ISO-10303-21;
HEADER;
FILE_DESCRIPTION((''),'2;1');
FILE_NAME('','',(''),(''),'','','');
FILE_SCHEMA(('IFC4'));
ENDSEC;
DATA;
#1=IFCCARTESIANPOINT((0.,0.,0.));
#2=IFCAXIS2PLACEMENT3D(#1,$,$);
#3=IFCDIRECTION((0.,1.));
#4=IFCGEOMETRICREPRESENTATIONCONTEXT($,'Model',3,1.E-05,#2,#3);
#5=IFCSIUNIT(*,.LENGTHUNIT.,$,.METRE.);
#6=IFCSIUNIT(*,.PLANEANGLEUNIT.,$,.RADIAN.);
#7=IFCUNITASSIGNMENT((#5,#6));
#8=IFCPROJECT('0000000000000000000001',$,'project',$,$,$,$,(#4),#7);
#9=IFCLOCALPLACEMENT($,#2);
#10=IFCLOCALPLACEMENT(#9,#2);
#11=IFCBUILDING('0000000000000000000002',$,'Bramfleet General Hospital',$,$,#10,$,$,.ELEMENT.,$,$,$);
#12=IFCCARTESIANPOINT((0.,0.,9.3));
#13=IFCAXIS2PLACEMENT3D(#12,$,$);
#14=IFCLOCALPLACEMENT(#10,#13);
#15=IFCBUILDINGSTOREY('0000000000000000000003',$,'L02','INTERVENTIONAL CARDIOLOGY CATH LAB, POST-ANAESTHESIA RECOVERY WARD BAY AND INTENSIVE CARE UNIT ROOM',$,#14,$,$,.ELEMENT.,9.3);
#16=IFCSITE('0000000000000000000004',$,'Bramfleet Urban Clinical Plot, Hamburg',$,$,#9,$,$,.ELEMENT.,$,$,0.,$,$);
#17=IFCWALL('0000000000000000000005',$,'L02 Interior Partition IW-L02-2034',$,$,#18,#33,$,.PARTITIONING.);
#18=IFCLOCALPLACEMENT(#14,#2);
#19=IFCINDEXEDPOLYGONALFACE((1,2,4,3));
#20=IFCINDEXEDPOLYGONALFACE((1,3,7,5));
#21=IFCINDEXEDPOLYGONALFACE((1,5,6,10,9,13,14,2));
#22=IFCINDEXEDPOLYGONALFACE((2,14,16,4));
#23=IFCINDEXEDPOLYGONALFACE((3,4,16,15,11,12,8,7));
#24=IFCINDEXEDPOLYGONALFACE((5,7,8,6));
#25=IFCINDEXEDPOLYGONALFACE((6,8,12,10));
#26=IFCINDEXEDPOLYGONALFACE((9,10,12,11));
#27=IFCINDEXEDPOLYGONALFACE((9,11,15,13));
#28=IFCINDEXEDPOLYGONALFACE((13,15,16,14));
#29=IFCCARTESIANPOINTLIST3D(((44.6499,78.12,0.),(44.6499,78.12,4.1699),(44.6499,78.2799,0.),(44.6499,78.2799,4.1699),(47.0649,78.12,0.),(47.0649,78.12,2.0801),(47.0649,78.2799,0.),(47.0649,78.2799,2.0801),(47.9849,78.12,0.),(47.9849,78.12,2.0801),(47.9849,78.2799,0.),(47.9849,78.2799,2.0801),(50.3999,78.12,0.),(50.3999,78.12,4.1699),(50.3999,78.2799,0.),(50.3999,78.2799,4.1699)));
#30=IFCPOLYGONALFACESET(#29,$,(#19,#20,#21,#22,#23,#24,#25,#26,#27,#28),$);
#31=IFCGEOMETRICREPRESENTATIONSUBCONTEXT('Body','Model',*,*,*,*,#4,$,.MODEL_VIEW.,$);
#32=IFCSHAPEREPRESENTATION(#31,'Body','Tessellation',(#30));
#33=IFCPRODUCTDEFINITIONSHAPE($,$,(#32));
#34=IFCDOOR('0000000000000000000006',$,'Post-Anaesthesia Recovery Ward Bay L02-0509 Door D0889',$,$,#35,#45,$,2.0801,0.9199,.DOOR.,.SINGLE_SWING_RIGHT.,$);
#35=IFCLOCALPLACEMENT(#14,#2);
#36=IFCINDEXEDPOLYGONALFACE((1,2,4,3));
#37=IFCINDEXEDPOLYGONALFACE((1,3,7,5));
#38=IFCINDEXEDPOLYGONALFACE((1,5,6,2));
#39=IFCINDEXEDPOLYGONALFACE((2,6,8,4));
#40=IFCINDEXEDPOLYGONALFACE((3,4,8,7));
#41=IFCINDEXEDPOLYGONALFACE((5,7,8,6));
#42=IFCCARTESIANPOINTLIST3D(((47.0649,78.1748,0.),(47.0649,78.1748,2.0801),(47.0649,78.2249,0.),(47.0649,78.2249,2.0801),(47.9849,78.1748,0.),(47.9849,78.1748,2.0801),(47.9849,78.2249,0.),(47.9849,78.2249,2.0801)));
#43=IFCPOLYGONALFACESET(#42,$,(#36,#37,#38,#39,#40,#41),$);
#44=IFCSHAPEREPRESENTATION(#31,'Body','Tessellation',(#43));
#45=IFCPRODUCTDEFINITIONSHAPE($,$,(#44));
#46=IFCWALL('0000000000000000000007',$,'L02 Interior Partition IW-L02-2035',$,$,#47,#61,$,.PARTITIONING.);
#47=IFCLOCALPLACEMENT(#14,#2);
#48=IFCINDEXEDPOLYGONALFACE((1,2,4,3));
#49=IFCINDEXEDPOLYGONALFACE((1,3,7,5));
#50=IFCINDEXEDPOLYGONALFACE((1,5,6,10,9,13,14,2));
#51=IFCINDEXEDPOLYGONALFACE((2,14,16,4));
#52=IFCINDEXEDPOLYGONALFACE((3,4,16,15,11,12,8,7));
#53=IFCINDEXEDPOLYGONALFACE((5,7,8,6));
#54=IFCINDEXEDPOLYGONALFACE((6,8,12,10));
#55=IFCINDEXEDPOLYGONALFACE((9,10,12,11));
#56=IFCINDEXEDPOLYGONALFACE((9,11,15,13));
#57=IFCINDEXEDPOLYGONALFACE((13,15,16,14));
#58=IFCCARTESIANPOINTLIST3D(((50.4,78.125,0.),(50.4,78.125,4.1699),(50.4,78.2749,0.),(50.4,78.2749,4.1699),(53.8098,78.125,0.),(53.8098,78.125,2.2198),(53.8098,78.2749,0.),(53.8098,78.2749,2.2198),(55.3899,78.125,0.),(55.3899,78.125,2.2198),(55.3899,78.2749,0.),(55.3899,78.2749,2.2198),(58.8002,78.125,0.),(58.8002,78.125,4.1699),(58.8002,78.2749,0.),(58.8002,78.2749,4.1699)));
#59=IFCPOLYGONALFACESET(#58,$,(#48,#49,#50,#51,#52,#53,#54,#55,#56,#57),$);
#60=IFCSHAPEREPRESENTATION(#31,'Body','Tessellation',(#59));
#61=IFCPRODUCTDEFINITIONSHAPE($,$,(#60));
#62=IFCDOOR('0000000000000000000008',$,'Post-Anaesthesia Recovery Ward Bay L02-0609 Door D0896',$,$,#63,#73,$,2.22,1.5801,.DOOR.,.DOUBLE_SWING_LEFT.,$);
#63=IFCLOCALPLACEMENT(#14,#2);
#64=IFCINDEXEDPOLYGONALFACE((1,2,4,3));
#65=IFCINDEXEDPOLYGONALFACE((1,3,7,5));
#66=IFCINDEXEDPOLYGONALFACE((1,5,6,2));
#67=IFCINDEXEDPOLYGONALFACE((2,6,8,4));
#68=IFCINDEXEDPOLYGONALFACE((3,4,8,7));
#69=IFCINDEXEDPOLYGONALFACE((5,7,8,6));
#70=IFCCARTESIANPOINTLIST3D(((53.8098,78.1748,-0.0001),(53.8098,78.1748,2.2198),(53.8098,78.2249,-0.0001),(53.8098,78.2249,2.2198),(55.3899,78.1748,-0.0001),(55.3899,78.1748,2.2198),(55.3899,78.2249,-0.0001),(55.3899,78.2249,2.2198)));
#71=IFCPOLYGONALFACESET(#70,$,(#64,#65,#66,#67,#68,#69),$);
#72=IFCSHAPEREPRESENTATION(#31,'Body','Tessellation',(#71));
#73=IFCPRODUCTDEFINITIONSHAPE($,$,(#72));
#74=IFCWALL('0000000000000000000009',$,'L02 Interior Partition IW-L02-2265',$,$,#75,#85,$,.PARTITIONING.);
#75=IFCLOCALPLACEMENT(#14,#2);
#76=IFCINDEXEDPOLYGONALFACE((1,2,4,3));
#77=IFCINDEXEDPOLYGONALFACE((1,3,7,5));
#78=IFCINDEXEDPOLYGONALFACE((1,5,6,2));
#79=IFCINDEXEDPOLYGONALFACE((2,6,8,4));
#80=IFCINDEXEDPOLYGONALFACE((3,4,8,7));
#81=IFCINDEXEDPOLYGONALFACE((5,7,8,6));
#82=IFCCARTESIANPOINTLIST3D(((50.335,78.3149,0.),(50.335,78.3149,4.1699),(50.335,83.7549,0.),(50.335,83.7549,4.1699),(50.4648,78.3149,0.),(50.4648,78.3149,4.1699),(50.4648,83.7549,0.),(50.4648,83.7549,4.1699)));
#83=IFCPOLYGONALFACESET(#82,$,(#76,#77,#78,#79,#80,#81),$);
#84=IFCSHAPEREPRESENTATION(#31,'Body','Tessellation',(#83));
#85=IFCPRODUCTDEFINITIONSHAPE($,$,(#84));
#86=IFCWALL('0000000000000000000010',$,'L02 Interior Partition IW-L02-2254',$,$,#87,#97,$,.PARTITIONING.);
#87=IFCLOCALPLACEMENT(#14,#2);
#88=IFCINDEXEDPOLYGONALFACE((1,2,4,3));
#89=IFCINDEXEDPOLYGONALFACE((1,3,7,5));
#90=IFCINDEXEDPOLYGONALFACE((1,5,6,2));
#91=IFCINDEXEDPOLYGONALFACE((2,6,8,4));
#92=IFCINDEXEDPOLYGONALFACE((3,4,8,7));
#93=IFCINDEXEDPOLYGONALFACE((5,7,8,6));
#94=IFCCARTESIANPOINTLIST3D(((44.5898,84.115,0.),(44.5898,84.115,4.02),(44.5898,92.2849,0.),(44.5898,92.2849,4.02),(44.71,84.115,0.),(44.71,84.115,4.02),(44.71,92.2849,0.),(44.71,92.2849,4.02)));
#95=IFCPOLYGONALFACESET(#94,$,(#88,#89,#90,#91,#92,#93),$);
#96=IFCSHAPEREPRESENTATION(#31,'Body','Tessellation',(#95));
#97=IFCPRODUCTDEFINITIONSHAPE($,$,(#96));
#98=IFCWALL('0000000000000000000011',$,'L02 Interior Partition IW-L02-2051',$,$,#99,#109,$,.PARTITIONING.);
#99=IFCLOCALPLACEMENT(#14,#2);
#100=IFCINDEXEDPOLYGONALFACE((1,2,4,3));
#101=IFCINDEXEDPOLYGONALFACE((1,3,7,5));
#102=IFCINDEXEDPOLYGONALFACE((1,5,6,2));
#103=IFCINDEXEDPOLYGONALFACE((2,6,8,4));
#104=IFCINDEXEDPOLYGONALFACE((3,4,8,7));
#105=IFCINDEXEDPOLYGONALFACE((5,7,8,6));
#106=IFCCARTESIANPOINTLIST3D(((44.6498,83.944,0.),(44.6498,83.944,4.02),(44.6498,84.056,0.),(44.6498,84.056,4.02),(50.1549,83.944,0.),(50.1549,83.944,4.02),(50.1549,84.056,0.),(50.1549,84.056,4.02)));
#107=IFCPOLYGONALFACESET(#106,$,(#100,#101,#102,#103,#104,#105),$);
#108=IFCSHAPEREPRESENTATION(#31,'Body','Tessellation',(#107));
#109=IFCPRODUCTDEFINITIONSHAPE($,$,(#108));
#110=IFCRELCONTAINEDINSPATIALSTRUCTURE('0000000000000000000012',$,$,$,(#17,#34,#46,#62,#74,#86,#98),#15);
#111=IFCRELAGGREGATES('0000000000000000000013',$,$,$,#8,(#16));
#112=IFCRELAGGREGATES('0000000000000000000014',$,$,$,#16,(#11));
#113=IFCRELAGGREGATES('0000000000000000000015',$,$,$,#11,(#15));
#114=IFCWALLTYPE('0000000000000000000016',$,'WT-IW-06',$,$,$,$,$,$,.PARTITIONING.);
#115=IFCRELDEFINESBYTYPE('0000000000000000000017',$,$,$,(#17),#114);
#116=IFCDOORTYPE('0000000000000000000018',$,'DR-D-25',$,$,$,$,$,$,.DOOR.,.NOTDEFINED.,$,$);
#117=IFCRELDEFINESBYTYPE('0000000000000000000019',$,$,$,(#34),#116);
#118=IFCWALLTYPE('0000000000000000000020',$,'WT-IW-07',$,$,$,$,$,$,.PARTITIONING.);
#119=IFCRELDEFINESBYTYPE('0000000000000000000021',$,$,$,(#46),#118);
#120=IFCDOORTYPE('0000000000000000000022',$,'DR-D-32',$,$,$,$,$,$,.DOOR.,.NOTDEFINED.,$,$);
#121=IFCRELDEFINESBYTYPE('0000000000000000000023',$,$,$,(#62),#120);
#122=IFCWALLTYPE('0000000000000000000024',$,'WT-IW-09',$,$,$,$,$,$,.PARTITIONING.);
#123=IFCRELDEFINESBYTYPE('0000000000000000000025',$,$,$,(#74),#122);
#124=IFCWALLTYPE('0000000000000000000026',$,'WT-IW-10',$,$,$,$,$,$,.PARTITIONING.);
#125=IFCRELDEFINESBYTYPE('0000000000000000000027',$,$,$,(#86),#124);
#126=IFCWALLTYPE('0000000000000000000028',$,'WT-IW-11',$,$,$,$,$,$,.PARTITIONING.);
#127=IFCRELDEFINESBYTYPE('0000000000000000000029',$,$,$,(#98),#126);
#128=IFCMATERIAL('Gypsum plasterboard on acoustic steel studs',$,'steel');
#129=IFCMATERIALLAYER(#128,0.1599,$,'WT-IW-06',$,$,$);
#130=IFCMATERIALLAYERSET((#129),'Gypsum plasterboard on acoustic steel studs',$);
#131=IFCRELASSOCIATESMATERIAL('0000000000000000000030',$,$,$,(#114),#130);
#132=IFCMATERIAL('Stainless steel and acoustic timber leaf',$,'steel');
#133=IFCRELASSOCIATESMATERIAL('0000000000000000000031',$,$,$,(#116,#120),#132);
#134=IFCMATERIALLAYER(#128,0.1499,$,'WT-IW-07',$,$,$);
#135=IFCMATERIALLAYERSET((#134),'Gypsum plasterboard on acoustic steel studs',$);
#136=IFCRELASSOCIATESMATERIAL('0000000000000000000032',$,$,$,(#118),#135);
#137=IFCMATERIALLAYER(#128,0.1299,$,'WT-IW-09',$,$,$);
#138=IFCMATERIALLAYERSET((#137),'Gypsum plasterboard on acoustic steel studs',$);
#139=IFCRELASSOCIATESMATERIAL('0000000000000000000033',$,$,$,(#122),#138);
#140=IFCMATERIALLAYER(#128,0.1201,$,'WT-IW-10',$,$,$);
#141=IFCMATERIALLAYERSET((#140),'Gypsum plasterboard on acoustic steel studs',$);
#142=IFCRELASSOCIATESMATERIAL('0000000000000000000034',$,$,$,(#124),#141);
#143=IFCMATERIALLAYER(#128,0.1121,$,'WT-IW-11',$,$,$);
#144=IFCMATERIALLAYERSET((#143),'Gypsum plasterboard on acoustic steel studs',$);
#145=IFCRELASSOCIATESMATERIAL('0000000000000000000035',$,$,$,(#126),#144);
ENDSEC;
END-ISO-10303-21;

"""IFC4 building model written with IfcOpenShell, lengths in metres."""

from ifc_helpers import new_model, si_unit, direction, frame, frame_2d, origin, place, context, subcontext, project, spatial, rectangle, extrude, material, layer, layer_set, type_object, element, fill, save


model = new_model("IFC4")

# Units and contexts
model_context = context("Model", 3, precision=1e-05, world=origin(), true_north=direction((0.0, 1.0)))
body_context = subcontext(model_context, "Body", "Model", "MODEL_VIEW")
ifc_project = project(units=[si_unit("LENGTHUNIT", "METRE"), si_unit("PLANEANGLEUNIT", "RADIAN")], contexts=[model_context])

# Site, building, storey
site_placement = place(None, origin())
site = spatial("IfcSite", under=ifc_project, at=site_placement, Name="Bramfleet Urban Clinical Plot, Hamburg", CompositionType="ELEMENT", RefElevation=0.0)
building_placement = place(site_placement, origin())
building = spatial("IfcBuilding", under=site, at=building_placement, Name="Bramfleet General Hospital", CompositionType="ELEMENT")
storey_placement = place(building_placement, frame((0.0, 0.0, 9.3)))
storey = spatial("IfcBuildingStorey", under=building, at=storey_placement, Name="L02", Description="INTERVENTIONAL CARDIOLOGY CATH LAB, POST-ANAESTHESIA RECOVERY WARD BAY AND INTENSIVE CARE UNIT ROOM", CompositionType="ELEMENT", Elevation=9.3)

# Walls, openings, doors
ifc_material_1 = material(Name="Gypsum plasterboard on acoustic steel studs", Category="steel")
ifc_material_2 = material(Name="Stainless steel and acoustic timber leaf", Category="steel")
ifc_layer_1 = layer(ifc_material_1, 0.1599, Name="WT-IW-06")
ifc_layer_set_1 = layer_set([ifc_layer_1], Name="Gypsum plasterboard on acoustic steel studs")
wall_type_1 = type_object("IfcWallType", Name="WT-IW-06", PredefinedType="PARTITIONING", material=ifc_layer_set_1)
wall_1_placement = place(storey_placement, frame((44.6499, 78.2, 0.0), z_axis=(0.0, 0.0, 1.0), x_axis=(1.0, 0.0, 0.0)))
wall_1 = element("IfcWall", 1, at=wall_1_placement, inside=storey, type_object=wall_type_1, Name="L02 Interior Partition IW-L02-2034", PredefinedType="PARTITIONING", context=body_context, shape_type="SweptSolid", body=[
    extrude(rectangle(XDim=5.75, YDim=0.1599, at=frame_2d((2.875, 0.0))), origin(), (0.0, 0.0, 1.0), 4.1699),
])
opening_1_placement = place(wall_1_placement, frame((2.415, 0.0, 0.0)))
opening_1 = element("IfcOpeningElement", 2, at=opening_1_placement, cuts=wall_1, PredefinedType="OPENING", context=body_context, shape_type="SweptSolid", body=[
    extrude(rectangle(XDim=0.9199, YDim=2.0801, at=frame_2d((0.46, 1.04))), frame((0.0, 0.0898, 0.0), z_axis=(0.0, -1.0, 0.0), x_axis=(1.0, 0.0, 0.0)), (0.0, 0.0, 1.0), 0.1799),
])
door_type_1 = type_object("IfcDoorType", Name="DR-D-25", OperationType="NOTDEFINED", PredefinedType="DOOR", material=ifc_material_2)
door_1_placement = place(opening_1_placement, origin())
door_1 = element("IfcDoor", 3, at=door_1_placement, inside=storey, type_object=door_type_1, Name="Post-Anaesthesia Recovery Ward Bay L02-0509 Door D0889", OperationType="SINGLE_SWING_RIGHT", OverallHeight=2.0801, OverallWidth=0.9199, PredefinedType="DOOR", context=body_context, shape_type="SweptSolid", body=[
    extrude(rectangle(XDim=0.9199, YDim=2.0801, at=frame_2d((0.46, 1.04))), frame((0.0, 0.0249, 0.0), z_axis=(0.0, -1.0, 0.0), x_axis=(1.0, 0.0, 0.0)), (0.0, 0.0, 1.0), 0.05),
])
fill(opening_1, door_1)
ifc_layer_2 = layer(ifc_material_1, 0.1499, Name="WT-IW-07")
ifc_layer_set_2 = layer_set([ifc_layer_2], Name="Gypsum plasterboard on acoustic steel studs")
wall_type_2 = type_object("IfcWallType", Name="WT-IW-07", PredefinedType="PARTITIONING", material=ifc_layer_set_2)
wall_2_placement = place(storey_placement, frame((50.3999, 78.2, 0.0), z_axis=(0.0, 0.0, 1.0), x_axis=(1.0, 0.0, 0.0)))
wall_2 = element("IfcWall", 4, at=wall_2_placement, inside=storey, type_object=wall_type_2, Name="L02 Interior Partition IW-L02-2035", PredefinedType="PARTITIONING", context=body_context, shape_type="SweptSolid", body=[
    extrude(rectangle(XDim=8.4001, YDim=0.1499, at=frame_2d((4.2002, 0.0))), origin(), (0.0, 0.0, 1.0), 4.1699),
])
opening_2_placement = place(wall_2_placement, frame((3.4099, 0.0, 0.0)))
opening_2 = element("IfcOpeningElement", 5, at=opening_2_placement, cuts=wall_2, PredefinedType="OPENING", context=body_context, shape_type="SweptSolid", body=[
    extrude(rectangle(XDim=1.5801, YDim=2.22, at=frame_2d((0.79, 1.1099))), frame((0.0, 0.085, 0.0), z_axis=(0.0, -1.0, 0.0), x_axis=(1.0, 0.0, 0.0)), (0.0, 0.0, 1.0), 0.1699),
])
door_type_2 = type_object("IfcDoorType", Name="DR-D-32", OperationType="NOTDEFINED", PredefinedType="DOOR", material=ifc_material_2)
door_2_placement = place(opening_2_placement, origin())
door_2 = element("IfcDoor", 6, at=door_2_placement, inside=storey, type_object=door_type_2, Name="Post-Anaesthesia Recovery Ward Bay L02-0609 Door D0896", OperationType="DOUBLE_SWING_LEFT", OverallHeight=2.22, OverallWidth=1.5801, PredefinedType="DOOR", context=body_context, shape_type="SweptSolid", body=[
    extrude(rectangle(XDim=1.5801, YDim=2.22, at=frame_2d((0.79, 1.1099))), frame((0.0, 0.0249, 0.0), z_axis=(0.0, -1.0, 0.0), x_axis=(1.0, 0.0, 0.0)), (0.0, 0.0, 1.0), 0.05),
])
fill(opening_2, door_2)

# Walls
ifc_layer_3 = layer(ifc_material_1, 0.1299, Name="WT-IW-09")
ifc_layer_set_3 = layer_set([ifc_layer_3], Name="Gypsum plasterboard on acoustic steel studs")
wall_type_3 = type_object("IfcWallType", Name="WT-IW-09", PredefinedType="PARTITIONING", material=ifc_layer_set_3)
wall_3_placement = place(storey_placement, frame((50.3999, 78.3149, 0.0), z_axis=(0.0, 0.0, 1.0), x_axis=(0.0, 1.0, 0.0)))
element("IfcWall", 7, at=wall_3_placement, inside=storey, type_object=wall_type_3, Name="L02 Interior Partition IW-L02-2265", PredefinedType="PARTITIONING", context=body_context, shape_type="SweptSolid", body=[
    extrude(rectangle(XDim=5.4399, YDim=0.1299, at=frame_2d((2.72, 0.0))), origin(), (0.0, 0.0, 1.0), 4.1699),
])
ifc_layer_4 = layer(ifc_material_1, 0.1201, Name="WT-IW-10")
ifc_layer_set_4 = layer_set([ifc_layer_4], Name="Gypsum plasterboard on acoustic steel studs")
wall_type_4 = type_object("IfcWallType", Name="WT-IW-10", PredefinedType="PARTITIONING", material=ifc_layer_set_4)
wall_4_placement = place(storey_placement, frame((44.6499, 84.115, 0.0), z_axis=(0.0, 0.0, 1.0), x_axis=(0.0, 1.0, 0.0)))
element("IfcWall", 8, at=wall_4_placement, inside=storey, type_object=wall_type_4, Name="L02 Interior Partition IW-L02-2254", PredefinedType="PARTITIONING", context=body_context, shape_type="SweptSolid", body=[
    extrude(rectangle(XDim=8.1699, YDim=0.1201, at=frame_2d((4.085, 0.0))), origin(), (0.0, 0.0, 1.0), 4.02),
])
ifc_layer_5 = layer(ifc_material_1, 0.1121, Name="WT-IW-11")
ifc_layer_set_5 = layer_set([ifc_layer_5], Name="Gypsum plasterboard on acoustic steel studs")
wall_type_5 = type_object("IfcWallType", Name="WT-IW-11", PredefinedType="PARTITIONING", material=ifc_layer_set_5)
wall_5_placement = place(storey_placement, frame((44.6499, 84.0, 0.0), z_axis=(0.0, 0.0, 1.0), x_axis=(1.0, 0.0, 0.0)))
element("IfcWall", 9, at=wall_5_placement, inside=storey, type_object=wall_type_5, Name="L02 Interior Partition IW-L02-2051", PredefinedType="PARTITIONING", context=body_context, shape_type="SweptSolid", body=[
    extrude(rectangle(XDim=5.5051, YDim=0.1121, at=frame_2d((2.7524, 0.0))), origin(), (0.0, 0.0, 1.0), 4.02),
])

save(model, "model.ifc")
